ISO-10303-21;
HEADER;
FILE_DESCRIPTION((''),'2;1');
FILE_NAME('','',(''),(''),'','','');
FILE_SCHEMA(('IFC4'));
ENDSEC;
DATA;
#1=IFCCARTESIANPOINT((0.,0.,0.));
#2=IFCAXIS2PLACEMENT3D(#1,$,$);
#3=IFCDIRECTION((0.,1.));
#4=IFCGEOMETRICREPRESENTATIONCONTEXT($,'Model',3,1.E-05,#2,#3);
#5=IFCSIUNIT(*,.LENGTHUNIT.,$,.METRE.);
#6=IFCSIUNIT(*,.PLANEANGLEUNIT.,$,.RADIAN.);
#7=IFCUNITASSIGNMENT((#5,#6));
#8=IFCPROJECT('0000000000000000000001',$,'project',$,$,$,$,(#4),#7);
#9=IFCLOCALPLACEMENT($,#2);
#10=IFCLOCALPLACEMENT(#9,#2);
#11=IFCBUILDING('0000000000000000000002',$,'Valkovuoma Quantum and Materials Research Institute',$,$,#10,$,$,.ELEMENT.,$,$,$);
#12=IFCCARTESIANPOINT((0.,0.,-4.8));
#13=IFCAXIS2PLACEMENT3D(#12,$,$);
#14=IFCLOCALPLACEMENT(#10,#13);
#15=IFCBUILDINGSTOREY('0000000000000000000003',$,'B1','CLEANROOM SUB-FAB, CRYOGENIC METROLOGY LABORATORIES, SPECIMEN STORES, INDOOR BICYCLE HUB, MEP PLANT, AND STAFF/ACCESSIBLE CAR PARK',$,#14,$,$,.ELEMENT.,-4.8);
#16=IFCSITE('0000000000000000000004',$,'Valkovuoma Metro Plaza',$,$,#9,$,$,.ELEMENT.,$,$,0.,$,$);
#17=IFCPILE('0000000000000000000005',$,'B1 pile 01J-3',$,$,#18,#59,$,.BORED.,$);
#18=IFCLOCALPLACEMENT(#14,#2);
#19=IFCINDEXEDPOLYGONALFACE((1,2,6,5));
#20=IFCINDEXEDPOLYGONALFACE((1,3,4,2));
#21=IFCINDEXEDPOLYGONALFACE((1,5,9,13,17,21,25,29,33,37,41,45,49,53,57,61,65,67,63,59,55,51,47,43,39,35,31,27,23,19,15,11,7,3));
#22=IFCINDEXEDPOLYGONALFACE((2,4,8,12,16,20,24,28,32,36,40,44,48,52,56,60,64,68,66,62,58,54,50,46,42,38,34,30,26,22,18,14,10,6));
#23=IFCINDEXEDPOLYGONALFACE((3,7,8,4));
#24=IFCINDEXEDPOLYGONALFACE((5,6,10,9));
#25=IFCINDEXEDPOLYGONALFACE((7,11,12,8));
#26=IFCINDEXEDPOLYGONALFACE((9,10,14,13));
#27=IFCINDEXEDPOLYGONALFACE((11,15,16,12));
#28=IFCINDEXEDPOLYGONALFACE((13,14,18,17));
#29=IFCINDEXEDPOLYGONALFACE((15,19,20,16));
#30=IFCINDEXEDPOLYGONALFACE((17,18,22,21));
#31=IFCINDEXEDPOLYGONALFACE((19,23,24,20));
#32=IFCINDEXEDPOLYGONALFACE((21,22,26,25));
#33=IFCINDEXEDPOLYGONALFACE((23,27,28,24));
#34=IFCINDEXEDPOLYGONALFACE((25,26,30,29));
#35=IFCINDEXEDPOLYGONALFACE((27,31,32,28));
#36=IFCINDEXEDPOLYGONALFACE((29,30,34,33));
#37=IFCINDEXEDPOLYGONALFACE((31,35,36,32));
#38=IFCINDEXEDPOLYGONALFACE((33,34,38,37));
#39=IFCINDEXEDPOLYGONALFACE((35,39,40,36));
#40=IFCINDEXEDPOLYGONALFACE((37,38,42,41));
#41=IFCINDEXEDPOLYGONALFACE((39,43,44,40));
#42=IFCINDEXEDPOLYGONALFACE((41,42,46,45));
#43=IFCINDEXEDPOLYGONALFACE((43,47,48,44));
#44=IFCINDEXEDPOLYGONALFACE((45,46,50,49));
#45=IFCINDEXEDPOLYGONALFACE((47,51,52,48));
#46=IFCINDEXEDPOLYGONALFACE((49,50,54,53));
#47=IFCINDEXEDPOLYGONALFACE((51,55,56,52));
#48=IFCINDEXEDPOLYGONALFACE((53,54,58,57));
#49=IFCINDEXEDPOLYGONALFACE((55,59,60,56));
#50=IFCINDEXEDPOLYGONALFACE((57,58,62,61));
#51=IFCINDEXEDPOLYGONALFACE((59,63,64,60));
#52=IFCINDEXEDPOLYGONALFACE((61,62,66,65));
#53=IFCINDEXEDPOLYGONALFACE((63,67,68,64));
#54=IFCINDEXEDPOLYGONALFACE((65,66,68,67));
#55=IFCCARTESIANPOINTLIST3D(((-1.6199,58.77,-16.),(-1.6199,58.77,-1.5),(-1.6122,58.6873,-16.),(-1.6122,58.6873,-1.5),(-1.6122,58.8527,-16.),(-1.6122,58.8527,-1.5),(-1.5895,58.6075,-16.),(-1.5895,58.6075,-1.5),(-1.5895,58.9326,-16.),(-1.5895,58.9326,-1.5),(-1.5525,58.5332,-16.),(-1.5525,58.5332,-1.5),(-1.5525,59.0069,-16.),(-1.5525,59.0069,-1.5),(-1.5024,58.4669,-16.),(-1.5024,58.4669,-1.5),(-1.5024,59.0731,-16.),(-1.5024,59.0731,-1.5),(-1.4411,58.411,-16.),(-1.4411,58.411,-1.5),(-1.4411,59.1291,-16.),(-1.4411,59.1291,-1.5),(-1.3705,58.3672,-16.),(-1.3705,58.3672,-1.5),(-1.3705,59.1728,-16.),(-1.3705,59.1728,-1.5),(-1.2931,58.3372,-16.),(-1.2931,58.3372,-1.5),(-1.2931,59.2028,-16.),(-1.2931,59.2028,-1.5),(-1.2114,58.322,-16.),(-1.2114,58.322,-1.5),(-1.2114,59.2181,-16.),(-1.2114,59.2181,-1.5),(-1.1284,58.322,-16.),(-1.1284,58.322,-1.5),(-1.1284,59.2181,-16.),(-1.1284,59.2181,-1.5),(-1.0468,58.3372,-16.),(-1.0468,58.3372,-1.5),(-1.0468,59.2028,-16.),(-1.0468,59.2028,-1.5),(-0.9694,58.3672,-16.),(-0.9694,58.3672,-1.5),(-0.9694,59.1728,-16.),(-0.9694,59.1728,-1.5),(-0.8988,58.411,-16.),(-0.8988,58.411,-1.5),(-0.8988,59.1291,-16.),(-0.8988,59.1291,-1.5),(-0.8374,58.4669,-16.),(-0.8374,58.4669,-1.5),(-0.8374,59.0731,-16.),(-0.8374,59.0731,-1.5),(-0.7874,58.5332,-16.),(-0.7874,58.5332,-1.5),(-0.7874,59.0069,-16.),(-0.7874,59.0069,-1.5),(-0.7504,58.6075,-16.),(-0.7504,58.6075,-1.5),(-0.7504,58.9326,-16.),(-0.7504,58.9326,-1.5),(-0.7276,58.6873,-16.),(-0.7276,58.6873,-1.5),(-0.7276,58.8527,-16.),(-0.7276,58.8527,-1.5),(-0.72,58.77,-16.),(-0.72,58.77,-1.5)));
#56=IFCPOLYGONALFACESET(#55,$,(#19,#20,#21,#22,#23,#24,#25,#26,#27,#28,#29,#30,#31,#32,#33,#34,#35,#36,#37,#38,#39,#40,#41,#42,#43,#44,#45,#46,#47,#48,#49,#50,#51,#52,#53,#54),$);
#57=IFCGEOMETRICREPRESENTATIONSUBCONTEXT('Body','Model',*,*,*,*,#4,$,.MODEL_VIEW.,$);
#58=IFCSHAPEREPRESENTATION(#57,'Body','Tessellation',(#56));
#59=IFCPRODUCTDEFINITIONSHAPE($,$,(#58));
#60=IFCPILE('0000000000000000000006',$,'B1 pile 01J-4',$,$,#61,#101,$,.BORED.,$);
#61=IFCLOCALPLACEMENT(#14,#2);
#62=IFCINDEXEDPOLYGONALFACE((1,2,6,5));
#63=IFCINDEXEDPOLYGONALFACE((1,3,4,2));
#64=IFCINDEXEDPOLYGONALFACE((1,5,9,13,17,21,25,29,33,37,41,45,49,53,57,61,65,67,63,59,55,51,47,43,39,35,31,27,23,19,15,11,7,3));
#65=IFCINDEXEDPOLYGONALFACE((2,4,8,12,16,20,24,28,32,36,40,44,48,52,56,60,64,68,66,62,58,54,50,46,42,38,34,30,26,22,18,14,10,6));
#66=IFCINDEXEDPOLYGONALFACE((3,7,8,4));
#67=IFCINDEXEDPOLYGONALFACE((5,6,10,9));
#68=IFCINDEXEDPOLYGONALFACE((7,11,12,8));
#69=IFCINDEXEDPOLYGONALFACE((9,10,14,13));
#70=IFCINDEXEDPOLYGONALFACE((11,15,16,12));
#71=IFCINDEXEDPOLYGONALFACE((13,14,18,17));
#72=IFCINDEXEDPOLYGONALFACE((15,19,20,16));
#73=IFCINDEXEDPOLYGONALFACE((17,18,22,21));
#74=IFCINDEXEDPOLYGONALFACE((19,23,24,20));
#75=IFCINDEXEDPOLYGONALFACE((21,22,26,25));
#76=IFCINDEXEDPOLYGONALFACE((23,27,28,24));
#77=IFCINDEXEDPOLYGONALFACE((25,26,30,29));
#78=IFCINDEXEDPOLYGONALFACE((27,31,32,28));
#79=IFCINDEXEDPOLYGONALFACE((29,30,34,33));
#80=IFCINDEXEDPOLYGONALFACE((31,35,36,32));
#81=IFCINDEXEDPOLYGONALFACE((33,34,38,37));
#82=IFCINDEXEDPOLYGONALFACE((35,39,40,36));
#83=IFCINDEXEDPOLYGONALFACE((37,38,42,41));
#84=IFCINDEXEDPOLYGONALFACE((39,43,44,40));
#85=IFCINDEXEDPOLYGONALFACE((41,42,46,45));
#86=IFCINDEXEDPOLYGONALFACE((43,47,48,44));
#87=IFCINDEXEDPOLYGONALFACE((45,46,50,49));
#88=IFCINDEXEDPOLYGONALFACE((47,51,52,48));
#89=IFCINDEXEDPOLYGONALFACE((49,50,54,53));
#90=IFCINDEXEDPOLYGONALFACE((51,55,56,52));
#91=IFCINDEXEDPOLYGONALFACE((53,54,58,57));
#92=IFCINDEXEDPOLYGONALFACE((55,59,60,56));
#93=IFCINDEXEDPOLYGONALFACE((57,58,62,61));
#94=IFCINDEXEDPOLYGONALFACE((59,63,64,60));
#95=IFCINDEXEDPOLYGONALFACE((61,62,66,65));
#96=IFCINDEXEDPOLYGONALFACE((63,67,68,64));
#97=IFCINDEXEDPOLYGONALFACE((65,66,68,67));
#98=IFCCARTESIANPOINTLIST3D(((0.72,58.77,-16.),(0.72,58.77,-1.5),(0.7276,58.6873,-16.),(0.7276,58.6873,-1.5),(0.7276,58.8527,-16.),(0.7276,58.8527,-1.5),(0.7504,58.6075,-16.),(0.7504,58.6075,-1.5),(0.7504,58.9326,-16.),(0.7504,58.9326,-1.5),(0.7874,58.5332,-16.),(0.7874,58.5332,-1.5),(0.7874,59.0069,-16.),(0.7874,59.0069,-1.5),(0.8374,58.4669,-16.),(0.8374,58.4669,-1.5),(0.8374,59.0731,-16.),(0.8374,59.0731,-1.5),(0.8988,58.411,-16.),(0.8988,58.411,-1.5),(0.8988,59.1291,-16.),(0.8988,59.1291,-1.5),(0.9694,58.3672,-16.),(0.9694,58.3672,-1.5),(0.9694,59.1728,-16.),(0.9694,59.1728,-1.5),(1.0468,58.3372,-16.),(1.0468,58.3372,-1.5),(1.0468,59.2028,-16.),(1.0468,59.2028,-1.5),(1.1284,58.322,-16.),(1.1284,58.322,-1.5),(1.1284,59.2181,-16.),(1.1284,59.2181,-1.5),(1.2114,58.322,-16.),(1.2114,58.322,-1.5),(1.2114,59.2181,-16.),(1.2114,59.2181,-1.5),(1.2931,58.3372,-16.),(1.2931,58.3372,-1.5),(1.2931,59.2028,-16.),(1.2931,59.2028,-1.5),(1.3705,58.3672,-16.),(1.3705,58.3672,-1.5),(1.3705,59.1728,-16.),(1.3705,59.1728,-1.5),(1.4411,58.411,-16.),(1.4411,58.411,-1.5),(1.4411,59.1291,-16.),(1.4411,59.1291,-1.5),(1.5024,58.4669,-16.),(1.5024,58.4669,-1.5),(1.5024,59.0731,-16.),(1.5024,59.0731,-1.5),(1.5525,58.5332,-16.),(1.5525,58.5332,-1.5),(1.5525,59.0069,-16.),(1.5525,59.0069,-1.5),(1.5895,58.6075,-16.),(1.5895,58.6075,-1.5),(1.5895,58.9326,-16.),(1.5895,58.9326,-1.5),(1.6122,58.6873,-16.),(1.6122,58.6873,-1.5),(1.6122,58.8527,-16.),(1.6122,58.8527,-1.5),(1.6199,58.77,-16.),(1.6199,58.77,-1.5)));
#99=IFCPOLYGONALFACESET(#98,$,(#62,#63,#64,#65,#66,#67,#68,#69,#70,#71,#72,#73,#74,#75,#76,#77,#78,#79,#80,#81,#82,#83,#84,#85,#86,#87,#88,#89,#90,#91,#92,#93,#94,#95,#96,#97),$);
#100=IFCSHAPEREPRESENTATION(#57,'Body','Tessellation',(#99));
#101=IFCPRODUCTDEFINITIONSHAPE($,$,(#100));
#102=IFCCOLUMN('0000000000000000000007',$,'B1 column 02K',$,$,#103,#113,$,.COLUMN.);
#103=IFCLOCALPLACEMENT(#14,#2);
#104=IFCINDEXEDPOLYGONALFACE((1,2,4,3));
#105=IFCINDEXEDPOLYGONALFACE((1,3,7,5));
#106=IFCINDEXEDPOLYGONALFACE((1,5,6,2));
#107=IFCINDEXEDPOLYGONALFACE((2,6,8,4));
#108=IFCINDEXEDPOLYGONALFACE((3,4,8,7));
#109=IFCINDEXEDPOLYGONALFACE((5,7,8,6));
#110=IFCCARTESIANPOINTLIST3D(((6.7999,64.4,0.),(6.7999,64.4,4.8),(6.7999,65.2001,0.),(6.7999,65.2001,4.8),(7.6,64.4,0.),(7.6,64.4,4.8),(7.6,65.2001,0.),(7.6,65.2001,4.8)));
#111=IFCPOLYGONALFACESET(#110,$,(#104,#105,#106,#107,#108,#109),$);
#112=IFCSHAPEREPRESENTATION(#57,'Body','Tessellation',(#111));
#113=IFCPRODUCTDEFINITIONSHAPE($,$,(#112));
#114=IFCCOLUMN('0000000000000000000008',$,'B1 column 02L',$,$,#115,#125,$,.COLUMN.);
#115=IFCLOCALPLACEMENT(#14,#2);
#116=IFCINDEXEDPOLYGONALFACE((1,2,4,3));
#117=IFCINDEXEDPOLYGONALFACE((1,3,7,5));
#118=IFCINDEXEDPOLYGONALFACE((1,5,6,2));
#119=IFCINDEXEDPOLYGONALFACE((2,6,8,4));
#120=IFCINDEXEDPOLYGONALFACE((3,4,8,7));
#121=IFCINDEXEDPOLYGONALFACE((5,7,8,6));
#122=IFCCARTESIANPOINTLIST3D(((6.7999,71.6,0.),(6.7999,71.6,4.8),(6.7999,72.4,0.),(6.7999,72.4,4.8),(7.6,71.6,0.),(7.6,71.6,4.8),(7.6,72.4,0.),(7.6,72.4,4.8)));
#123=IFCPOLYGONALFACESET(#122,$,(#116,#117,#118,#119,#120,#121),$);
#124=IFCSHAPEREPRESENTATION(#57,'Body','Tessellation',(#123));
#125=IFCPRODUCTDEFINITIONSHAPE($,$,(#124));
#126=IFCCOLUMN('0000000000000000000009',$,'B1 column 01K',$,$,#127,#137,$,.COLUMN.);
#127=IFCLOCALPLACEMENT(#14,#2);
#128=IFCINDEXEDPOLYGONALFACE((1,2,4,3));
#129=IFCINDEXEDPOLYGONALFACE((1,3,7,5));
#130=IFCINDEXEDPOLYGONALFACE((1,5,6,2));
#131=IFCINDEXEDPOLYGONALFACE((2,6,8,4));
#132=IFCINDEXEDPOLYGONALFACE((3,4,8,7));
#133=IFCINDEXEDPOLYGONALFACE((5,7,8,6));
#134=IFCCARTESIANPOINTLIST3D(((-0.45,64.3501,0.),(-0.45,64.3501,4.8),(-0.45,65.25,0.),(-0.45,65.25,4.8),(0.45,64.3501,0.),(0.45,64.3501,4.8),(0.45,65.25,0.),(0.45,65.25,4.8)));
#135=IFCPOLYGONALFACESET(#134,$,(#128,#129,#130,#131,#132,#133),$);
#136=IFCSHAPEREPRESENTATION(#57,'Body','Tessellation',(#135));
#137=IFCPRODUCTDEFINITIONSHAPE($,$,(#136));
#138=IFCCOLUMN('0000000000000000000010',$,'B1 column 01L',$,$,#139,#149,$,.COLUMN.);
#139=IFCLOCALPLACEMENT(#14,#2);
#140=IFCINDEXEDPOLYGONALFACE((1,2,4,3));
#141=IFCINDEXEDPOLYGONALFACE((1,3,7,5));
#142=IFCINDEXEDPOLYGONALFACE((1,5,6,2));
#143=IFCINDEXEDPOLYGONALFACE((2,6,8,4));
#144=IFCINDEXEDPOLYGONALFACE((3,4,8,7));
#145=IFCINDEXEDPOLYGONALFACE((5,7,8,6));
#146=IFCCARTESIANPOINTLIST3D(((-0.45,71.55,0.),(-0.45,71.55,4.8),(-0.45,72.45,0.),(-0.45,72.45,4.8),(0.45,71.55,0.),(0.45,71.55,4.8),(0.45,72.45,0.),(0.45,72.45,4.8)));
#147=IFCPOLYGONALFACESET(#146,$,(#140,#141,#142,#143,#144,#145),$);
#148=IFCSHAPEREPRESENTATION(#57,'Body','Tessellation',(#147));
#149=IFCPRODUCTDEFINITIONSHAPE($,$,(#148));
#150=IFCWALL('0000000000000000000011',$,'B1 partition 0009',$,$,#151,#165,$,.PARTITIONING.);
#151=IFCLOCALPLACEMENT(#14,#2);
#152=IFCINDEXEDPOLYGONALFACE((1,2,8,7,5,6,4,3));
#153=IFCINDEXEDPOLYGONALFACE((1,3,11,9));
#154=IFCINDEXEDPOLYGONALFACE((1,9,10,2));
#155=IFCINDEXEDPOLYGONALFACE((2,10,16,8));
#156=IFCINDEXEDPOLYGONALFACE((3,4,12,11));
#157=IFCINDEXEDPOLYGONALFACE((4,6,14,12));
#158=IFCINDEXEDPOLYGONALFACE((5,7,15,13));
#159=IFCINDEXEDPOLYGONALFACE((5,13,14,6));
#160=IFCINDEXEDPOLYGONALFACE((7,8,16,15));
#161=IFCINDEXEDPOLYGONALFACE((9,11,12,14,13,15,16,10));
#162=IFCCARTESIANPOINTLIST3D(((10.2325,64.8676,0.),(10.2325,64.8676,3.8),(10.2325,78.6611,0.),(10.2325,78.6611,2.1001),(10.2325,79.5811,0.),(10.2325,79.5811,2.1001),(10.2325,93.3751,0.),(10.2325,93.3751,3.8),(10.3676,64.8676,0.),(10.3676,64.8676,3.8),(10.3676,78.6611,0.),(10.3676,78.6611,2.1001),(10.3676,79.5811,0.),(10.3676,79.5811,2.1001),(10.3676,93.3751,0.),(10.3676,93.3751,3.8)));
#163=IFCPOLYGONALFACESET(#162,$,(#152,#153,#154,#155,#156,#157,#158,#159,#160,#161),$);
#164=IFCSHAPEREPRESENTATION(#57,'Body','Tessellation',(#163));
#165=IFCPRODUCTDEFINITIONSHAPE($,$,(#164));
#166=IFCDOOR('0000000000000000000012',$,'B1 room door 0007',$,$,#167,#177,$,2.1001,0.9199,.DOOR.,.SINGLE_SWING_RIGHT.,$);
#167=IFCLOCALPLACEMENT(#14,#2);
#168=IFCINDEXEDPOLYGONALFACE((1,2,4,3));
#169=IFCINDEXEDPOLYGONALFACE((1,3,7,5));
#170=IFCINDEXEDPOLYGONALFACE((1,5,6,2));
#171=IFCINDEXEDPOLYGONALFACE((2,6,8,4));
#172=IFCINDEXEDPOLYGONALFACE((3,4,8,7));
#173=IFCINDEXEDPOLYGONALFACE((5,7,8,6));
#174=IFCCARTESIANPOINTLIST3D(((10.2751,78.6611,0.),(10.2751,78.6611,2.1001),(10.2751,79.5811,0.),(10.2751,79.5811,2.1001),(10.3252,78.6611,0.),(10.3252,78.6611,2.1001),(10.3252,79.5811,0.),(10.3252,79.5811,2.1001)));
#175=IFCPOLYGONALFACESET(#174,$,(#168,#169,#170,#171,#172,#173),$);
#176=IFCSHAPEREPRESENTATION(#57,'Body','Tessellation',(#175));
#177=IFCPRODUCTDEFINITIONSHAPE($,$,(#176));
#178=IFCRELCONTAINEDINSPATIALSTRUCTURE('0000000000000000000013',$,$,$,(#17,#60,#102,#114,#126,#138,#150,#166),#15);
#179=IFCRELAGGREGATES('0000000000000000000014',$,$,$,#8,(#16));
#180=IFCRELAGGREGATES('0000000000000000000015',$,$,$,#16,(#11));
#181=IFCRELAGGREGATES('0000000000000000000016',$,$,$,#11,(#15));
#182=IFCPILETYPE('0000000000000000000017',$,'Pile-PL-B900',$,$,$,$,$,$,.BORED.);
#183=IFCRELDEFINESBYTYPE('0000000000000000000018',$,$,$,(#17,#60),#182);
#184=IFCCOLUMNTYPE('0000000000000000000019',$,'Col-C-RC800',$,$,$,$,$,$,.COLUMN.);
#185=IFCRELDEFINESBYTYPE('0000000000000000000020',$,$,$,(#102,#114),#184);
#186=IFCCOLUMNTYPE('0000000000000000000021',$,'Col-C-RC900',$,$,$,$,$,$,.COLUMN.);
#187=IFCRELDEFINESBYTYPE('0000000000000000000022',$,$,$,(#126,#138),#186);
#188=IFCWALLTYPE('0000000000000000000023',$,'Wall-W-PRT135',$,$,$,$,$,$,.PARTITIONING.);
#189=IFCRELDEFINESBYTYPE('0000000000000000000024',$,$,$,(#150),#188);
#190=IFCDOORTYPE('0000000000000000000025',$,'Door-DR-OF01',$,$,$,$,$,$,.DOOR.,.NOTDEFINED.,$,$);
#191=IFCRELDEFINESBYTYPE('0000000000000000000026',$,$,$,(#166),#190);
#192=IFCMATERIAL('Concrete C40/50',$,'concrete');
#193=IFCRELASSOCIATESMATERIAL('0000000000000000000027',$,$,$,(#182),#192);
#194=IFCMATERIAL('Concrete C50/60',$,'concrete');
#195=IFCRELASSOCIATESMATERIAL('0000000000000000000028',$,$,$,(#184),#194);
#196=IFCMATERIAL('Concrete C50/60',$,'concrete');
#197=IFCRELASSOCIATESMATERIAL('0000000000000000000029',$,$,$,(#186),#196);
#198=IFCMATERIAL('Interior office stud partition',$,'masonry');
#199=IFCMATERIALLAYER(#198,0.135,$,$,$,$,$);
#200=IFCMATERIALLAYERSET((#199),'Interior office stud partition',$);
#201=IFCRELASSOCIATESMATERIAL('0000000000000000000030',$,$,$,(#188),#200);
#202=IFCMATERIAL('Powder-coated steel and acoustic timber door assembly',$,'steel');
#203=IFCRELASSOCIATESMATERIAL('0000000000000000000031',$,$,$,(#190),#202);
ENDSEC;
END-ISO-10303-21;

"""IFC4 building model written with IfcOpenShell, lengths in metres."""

from ifc_helpers import new_model, si_unit, direction, frame, frame_2d, origin, origin_2d, place, context, subcontext, project, spatial, rectangle, circle, extrude, material, layer, layer_set, material_profile, profile_set, type_object, element, fill, save


model = new_model("IFC4")

# Units and contexts
model_context = context("Model", 3, precision=1e-05, world=origin(), true_north=direction((0.0, 1.0)))
body_context = subcontext(model_context, "Body", "Model", "MODEL_VIEW")
ifc_project = project(units=[si_unit("LENGTHUNIT", "METRE"), si_unit("PLANEANGLEUNIT", "RADIAN")], contexts=[model_context])

# Site, building, storey
site_placement = place(None, origin())
site = spatial("IfcSite", under=ifc_project, at=site_placement, Name="Valkovuoma Metro Plaza", CompositionType="ELEMENT", RefElevation=0.0)
building_placement = place(site_placement, origin())
building = spatial("IfcBuilding", under=site, at=building_placement, Name="Valkovuoma Quantum and Materials Research Institute", CompositionType="ELEMENT")
storey_placement = place(building_placement, frame((0.0, 0.0, -4.8)))
storey = spatial("IfcBuildingStorey", under=building, at=storey_placement, Name="B1", Description="CLEANROOM SUB-FAB, CRYOGENIC METROLOGY LABORATORIES, SPECIMEN STORES, INDOOR BICYCLE HUB, MEP PLANT, AND STAFF/ACCESSIBLE CAR PARK", CompositionType="ELEMENT", Elevation=-4.8)

# Piles
ifc_material_1 = material(Name="Concrete C40/50", Category="concrete")
ifc_material_profile_1 = material_profile(ifc_material_1, circle(Radius=0.45, at=origin_2d()), Name="Concrete C40/50")
ifc_profile_set_1 = profile_set([ifc_material_profile_1], Name="Concrete C40/50")
pile_type_1 = type_object("IfcPileType", Name="Pile-PL-B900", PredefinedType="BORED", material=ifc_profile_set_1)
for number, where, z_axis, x_axis, name in (
    (1, (-1.1699, 58.77, -1.5), (0.0, 0.0, -1.0), (1.0, 0.0, 0.0), "B1 pile 01J-3"),
    (2, (1.1699, 58.77, -1.5), (0.0, 0.0, -1.0), (1.0, 0.0, 0.0), "B1 pile 01J-4"),
):
    element("IfcPile", number, at=place(storey_placement, frame(where, z_axis=z_axis, x_axis=x_axis)), inside=storey, type_object=pile_type_1, Name=name, PredefinedType="BORED", context=body_context, shape_type="SweptSolid", body=[
        extrude(circle(Radius=0.45, at=origin_2d()), origin(), (0.0, 0.0, 1.0), 14.5),
    ])

# Columns
ifc_material_2 = material(Name="Concrete C50/60", Category="concrete")
ifc_material_profile_2 = material_profile(ifc_material_2, rectangle(XDim=0.8, YDim=0.8, at=origin_2d()), Name="Concrete C50/60")
ifc_profile_set_2 = profile_set([ifc_material_profile_2], Name="Concrete C50/60")
column_type_1 = type_object("IfcColumnType", Name="Col-C-RC800", PredefinedType="COLUMN", material=ifc_profile_set_2)
for number, where, z_axis, x_axis, name in (
    (3, (7.2, 64.8, 0.0), (0.0, 0.0, 1.0), (1.0, 0.0, 0.0), "B1 column 02K"),
    (4, (7.2, 72.0, 0.0), (0.0, 0.0, 1.0), (1.0, 0.0, 0.0), "B1 column 02L"),
):
    element("IfcColumn", number, at=place(storey_placement, frame(where, z_axis=z_axis, x_axis=x_axis)), inside=storey, type_object=column_type_1, Name=name, PredefinedType="COLUMN", context=body_context, shape_type="SweptSolid", body=[
        extrude(rectangle(XDim=0.8, YDim=0.8, at=origin_2d()), origin(), (0.0, 0.0, 1.0), 4.8),
    ])
ifc_material_3 = material(Name="Concrete C50/60", Category="concrete")
ifc_material_profile_3 = material_profile(ifc_material_3, rectangle(XDim=0.8999, YDim=0.8999, at=origin_2d()), Name="Concrete C50/60")
ifc_profile_set_3 = profile_set([ifc_material_profile_3], Name="Concrete C50/60")
column_type_2 = type_object("IfcColumnType", Name="Col-C-RC900", PredefinedType="COLUMN", material=ifc_profile_set_3)
for number, where, z_axis, x_axis, name in (
    (5, (0.0, 64.8, 0.0), (0.0, 0.0, 1.0), (1.0, 0.0, 0.0), "B1 column 01K"),
    (6, (0.0, 72.0, 0.0), (0.0, 0.0, 1.0), (1.0, 0.0, 0.0), "B1 column 01L"),
):
    element("IfcColumn", number, at=place(storey_placement, frame(where, z_axis=z_axis, x_axis=x_axis)), inside=storey, type_object=column_type_2, Name=name, PredefinedType="COLUMN", context=body_context, shape_type="SweptSolid", body=[
        extrude(rectangle(XDim=0.8999, YDim=0.8999, at=origin_2d()), origin(), (0.0, 0.0, 1.0), 4.8),
    ])

# Wall, opening, door
ifc_material_4 = material(Name="Interior office stud partition", Category="masonry")
ifc_layer_1 = layer(ifc_material_4, 0.135)
ifc_layer_set_1 = layer_set([ifc_layer_1], Name="Interior office stud partition")
wall_type_1 = type_object("IfcWallType", Name="Wall-W-PRT135", PredefinedType="PARTITIONING", material=ifc_layer_set_1)
wall_1_placement = place(storey_placement, frame((10.3, 64.8674, 0.0), z_axis=(0.0, 0.0, 1.0), x_axis=(0.0, 1.0, 0.0)))
wall_1 = element("IfcWall", 7, at=wall_1_placement, inside=storey, type_object=wall_type_1, Name="B1 partition 0009", PredefinedType="PARTITIONING", context=body_context, shape_type="SweptSolid", body=[
    extrude(rectangle(XDim=28.5076, YDim=0.135, at=frame_2d((14.2539, 0.0))), origin(), (0.0, 0.0, 1.0), 3.8),
])
opening_1_placement = place(wall_1_placement, frame((13.7937, 0.0, 0.0)))
opening_1 = element("IfcOpeningElement", 8, at=opening_1_placement, cuts=wall_1, PredefinedType="OPENING", context=body_context, shape_type="SweptSolid", body=[
    extrude(rectangle(XDim=0.9199, YDim=2.1001, at=frame_2d((0.46, 1.05))), frame((0.0, 0.0776, 0.0), z_axis=(0.0, -1.0, 0.0), x_axis=(1.0, 0.0, 0.0)), (0.0, 0.0, 1.0), 0.155),
])
ifc_material_5 = material(Name="Powder-coated steel and acoustic timber door assembly", Category="steel")
door_type_1 = type_object("IfcDoorType", Name="Door-DR-OF01", OperationType="NOTDEFINED", PredefinedType="DOOR", material=ifc_material_5)
door_1_placement = place(opening_1_placement, origin())
door_1 = element("IfcDoor", 9, at=door_1_placement, inside=storey, type_object=door_type_1, Name="B1 room door 0007", OperationType="SINGLE_SWING_RIGHT", OverallHeight=2.1001, OverallWidth=0.9199, PredefinedType="DOOR", context=body_context, shape_type="SweptSolid", body=[
    extrude(rectangle(XDim=0.9199, YDim=2.1001, at=frame_2d((0.46, 1.05))), frame((0.0, 0.0249, 0.0), z_axis=(0.0, -1.0, 0.0), x_axis=(1.0, 0.0, 0.0)), (0.0, 0.0, 1.0), 0.05),
])
fill(opening_1, door_1)

save(model, "model.ifc")
